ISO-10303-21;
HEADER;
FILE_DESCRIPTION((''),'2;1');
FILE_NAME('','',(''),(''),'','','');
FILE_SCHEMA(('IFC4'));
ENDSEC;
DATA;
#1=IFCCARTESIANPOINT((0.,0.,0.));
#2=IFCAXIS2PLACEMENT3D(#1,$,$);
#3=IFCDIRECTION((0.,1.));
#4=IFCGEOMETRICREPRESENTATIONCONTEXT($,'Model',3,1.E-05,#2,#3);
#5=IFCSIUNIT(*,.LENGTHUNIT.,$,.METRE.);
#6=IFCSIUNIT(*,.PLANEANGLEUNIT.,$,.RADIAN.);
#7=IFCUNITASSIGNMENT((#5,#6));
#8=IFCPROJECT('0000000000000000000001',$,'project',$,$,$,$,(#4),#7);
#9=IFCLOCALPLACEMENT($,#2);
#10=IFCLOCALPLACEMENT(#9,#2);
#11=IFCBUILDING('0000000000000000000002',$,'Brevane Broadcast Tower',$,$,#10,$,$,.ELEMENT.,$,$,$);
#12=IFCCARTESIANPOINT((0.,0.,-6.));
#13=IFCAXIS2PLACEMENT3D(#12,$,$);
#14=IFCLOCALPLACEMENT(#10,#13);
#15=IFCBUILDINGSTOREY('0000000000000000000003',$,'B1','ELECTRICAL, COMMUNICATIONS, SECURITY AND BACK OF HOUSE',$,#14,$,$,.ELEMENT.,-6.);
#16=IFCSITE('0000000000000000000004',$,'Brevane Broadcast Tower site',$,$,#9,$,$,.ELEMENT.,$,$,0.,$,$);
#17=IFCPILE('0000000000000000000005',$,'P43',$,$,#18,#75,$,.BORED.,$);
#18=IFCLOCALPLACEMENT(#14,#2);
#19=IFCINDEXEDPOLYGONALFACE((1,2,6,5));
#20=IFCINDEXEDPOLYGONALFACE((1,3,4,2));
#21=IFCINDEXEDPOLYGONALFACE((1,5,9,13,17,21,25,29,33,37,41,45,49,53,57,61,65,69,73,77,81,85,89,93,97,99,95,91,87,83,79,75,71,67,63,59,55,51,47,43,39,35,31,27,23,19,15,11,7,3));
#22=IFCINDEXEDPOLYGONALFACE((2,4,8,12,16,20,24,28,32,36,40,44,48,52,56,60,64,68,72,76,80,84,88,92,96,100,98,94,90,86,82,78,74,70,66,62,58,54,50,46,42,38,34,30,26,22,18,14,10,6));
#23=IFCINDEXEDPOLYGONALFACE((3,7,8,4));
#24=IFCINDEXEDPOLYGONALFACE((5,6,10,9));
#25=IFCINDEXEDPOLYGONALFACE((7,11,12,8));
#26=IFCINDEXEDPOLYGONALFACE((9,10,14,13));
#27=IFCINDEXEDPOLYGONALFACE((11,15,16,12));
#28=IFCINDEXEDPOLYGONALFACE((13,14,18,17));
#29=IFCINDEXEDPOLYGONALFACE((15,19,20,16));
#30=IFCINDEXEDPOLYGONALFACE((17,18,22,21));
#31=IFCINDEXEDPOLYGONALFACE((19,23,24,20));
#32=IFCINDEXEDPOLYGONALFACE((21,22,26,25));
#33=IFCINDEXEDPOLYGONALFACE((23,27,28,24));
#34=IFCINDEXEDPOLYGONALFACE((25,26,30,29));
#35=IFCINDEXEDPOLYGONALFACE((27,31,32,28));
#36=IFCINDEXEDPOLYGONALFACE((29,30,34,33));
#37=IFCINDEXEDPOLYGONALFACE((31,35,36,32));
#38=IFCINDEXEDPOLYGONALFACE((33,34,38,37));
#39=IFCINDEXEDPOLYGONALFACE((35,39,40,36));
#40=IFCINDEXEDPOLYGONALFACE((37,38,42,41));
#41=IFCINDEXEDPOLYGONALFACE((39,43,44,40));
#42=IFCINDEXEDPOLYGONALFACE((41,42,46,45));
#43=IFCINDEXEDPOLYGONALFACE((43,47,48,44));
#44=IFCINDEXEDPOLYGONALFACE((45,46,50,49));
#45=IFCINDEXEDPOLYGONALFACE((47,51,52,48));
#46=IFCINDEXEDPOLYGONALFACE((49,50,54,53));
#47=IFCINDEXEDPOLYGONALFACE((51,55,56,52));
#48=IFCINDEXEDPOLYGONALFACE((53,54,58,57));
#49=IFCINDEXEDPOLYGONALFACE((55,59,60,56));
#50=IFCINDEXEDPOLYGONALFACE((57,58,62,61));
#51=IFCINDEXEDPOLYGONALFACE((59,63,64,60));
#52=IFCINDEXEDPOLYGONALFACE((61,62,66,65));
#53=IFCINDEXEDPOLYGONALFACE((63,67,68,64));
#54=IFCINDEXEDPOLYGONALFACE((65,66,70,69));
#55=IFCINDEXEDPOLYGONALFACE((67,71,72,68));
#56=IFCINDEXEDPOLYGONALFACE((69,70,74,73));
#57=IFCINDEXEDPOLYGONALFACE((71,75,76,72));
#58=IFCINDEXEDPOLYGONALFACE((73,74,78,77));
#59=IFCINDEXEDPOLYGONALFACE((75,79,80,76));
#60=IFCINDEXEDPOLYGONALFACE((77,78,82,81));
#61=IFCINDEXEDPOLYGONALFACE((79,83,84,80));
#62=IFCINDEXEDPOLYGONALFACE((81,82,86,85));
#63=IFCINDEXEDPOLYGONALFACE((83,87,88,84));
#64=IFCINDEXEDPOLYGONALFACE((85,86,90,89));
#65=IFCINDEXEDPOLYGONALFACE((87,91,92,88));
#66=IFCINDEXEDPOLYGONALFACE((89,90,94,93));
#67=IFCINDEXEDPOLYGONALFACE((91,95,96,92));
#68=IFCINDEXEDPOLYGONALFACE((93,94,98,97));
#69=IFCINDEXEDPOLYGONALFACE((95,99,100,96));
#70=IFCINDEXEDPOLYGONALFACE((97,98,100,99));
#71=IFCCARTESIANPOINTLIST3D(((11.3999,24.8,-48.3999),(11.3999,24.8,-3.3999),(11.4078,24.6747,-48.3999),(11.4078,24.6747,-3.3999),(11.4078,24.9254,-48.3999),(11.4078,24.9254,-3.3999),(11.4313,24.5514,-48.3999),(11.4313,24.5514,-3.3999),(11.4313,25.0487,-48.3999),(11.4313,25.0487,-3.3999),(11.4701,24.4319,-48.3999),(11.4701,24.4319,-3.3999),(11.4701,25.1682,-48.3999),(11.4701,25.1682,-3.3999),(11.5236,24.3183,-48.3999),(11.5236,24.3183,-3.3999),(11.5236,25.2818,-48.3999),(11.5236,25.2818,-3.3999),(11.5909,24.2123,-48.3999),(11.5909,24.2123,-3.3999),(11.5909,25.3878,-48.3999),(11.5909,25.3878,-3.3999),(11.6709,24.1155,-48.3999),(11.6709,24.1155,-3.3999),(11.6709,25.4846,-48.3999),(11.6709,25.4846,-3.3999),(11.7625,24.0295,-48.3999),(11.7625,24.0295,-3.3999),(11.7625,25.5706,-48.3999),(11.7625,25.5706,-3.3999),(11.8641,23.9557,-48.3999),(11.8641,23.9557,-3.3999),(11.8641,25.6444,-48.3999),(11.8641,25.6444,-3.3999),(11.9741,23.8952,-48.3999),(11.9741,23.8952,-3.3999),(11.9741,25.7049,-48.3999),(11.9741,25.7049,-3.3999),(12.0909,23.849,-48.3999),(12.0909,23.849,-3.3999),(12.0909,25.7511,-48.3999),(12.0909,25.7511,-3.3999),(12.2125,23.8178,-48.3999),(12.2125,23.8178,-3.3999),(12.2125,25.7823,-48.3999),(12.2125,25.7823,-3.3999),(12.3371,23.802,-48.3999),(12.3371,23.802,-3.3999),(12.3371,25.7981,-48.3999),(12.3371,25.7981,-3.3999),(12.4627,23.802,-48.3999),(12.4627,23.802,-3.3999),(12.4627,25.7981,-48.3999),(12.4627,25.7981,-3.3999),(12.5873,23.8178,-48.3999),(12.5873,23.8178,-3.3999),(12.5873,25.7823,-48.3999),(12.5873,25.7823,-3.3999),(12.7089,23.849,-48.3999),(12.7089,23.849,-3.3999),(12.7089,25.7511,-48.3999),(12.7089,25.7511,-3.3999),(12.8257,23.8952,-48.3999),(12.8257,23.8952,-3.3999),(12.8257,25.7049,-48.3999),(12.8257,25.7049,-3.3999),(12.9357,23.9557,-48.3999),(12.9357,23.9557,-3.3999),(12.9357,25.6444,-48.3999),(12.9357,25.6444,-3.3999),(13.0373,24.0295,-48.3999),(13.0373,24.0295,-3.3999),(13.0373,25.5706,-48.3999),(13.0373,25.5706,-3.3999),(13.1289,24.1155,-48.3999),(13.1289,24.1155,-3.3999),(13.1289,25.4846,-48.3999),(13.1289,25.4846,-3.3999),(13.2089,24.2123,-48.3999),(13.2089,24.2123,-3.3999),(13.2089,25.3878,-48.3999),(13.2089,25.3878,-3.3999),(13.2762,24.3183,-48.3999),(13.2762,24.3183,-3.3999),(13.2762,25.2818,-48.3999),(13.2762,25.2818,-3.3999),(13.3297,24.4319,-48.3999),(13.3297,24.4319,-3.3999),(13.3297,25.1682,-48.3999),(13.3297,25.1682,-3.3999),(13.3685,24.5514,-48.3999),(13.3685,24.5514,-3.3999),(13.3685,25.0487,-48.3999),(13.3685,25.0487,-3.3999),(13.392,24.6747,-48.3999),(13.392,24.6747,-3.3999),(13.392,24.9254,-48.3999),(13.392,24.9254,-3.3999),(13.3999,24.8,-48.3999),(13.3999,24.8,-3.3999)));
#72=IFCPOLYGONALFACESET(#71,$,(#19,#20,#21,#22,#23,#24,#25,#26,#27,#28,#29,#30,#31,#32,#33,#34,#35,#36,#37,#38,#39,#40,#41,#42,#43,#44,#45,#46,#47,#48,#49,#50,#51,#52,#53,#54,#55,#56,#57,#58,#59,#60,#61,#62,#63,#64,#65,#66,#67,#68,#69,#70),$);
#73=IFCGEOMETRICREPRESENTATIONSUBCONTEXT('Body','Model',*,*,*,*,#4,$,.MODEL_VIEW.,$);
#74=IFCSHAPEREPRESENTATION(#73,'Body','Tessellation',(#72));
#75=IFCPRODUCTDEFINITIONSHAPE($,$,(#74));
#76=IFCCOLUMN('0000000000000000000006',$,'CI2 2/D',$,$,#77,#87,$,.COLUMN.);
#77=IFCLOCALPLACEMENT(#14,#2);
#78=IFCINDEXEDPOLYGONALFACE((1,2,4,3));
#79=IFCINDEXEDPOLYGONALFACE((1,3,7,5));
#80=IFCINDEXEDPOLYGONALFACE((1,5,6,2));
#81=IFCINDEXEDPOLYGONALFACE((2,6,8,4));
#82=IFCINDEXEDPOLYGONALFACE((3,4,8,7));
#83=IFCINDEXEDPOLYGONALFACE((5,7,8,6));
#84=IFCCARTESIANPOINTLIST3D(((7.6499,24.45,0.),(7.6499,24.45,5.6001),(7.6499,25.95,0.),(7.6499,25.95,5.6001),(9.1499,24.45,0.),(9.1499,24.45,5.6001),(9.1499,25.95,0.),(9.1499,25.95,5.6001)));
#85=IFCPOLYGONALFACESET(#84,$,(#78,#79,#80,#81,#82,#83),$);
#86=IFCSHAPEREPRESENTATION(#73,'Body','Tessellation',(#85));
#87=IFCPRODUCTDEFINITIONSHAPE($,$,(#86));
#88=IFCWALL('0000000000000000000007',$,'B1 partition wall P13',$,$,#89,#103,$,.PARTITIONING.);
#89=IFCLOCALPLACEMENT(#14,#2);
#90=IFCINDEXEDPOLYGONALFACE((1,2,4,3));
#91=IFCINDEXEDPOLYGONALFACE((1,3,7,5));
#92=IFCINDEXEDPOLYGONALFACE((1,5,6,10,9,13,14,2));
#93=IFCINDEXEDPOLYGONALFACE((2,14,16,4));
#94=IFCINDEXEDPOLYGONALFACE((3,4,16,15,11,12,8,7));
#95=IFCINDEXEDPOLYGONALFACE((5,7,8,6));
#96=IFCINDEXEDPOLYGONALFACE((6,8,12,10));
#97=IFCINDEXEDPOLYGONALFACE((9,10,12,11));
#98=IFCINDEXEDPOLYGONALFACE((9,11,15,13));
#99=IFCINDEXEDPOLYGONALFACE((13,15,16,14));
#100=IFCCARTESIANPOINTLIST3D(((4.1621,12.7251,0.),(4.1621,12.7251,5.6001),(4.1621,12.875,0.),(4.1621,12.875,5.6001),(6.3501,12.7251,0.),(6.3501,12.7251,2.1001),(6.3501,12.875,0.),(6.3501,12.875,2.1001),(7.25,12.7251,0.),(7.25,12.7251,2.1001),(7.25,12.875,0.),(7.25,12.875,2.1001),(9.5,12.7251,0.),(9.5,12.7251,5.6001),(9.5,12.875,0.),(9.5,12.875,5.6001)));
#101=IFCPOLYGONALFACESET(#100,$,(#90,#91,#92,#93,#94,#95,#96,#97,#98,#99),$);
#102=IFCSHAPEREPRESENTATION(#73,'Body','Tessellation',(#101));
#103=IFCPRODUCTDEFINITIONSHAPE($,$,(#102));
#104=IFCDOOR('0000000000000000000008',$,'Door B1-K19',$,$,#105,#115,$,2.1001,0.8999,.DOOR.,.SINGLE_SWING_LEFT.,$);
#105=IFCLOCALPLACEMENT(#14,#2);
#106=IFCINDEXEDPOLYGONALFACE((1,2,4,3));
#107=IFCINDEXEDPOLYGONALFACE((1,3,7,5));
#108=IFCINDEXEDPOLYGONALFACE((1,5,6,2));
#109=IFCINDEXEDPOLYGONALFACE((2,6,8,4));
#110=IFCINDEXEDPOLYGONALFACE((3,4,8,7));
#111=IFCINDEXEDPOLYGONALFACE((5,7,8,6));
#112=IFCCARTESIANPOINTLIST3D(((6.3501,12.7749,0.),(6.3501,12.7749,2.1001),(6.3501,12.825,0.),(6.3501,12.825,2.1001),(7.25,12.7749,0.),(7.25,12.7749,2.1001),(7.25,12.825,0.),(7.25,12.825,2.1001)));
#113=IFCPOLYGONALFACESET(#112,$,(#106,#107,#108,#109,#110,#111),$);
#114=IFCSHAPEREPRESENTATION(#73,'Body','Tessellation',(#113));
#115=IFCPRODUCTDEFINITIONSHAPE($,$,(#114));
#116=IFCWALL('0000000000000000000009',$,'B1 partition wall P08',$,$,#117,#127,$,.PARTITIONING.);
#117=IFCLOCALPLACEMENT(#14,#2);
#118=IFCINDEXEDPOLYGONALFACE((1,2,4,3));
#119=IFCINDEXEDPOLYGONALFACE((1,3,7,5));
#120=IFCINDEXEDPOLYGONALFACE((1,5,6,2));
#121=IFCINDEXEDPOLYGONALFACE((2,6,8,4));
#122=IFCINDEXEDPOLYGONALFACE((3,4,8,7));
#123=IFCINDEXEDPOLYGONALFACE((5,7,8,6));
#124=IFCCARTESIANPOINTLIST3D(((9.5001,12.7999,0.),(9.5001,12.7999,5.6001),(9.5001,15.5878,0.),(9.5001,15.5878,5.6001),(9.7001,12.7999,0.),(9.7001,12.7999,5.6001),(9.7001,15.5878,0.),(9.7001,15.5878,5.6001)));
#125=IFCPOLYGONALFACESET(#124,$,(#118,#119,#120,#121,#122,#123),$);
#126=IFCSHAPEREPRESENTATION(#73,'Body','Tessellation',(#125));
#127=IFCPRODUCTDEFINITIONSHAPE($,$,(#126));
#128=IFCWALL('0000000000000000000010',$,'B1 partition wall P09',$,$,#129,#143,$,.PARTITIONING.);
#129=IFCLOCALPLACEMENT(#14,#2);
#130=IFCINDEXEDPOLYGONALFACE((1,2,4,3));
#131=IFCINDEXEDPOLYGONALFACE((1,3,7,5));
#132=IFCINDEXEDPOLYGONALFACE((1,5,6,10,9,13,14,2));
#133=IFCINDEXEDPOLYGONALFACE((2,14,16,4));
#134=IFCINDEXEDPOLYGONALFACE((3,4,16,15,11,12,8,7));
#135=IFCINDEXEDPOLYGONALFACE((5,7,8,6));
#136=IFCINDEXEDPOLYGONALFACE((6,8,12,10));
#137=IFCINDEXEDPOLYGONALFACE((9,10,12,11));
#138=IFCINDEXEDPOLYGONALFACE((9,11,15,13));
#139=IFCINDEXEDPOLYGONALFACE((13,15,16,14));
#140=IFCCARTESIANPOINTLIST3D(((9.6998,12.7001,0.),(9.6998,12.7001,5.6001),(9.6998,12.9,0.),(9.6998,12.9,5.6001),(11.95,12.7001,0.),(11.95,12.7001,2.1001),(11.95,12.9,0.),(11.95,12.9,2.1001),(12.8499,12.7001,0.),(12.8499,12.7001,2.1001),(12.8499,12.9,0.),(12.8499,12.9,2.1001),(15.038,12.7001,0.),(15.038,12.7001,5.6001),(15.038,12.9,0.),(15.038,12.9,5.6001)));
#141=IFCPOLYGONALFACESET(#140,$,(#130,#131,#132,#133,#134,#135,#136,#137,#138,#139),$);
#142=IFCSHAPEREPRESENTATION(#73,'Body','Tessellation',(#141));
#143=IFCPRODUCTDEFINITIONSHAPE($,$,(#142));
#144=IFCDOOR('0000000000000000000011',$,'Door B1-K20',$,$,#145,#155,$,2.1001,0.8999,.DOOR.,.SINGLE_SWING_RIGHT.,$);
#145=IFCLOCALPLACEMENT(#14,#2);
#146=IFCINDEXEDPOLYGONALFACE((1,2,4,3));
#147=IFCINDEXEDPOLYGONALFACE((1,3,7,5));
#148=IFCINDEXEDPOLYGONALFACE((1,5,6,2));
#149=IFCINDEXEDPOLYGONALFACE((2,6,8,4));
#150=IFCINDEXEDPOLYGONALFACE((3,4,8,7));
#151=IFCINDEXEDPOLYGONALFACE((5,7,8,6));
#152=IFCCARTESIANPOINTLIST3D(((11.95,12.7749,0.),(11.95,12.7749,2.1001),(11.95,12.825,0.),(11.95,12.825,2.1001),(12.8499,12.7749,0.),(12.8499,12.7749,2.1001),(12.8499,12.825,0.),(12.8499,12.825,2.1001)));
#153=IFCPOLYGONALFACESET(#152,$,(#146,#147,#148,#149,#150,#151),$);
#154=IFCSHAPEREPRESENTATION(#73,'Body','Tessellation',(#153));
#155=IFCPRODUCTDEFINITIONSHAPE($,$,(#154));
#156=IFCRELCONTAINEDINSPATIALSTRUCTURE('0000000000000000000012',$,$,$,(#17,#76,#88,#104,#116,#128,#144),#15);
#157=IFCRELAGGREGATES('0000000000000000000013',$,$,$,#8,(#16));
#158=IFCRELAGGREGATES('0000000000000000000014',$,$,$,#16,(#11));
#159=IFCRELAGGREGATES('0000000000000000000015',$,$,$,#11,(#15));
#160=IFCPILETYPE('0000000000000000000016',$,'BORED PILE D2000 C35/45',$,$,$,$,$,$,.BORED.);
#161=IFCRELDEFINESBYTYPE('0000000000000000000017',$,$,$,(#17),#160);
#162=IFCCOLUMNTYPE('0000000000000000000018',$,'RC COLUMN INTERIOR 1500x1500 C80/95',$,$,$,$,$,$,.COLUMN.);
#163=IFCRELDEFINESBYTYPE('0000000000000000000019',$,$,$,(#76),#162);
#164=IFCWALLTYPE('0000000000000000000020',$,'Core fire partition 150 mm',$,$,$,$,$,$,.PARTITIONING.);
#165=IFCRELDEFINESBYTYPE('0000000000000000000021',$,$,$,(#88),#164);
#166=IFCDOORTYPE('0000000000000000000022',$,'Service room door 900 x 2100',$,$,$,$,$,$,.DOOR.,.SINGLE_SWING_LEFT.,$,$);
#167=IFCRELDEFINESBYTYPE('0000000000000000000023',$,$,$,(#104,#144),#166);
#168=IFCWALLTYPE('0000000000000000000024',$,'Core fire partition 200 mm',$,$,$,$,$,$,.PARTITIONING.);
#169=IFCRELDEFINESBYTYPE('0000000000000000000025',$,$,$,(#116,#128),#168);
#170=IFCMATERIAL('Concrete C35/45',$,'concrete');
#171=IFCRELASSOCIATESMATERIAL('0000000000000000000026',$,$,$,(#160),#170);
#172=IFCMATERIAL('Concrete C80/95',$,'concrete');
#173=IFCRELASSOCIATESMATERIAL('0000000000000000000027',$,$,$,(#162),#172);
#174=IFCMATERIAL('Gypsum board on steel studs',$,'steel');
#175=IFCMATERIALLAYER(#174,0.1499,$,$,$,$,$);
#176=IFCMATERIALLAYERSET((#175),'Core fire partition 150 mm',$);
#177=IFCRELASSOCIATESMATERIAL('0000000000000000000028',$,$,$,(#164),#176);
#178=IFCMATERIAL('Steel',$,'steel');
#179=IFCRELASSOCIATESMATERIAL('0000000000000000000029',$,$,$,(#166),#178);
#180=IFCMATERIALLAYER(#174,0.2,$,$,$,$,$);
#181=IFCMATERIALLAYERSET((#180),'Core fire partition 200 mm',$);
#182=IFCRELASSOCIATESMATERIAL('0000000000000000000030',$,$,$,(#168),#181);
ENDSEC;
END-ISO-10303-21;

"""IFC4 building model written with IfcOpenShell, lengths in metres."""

from ifc_helpers import new_model, si_unit, direction, frame, frame_2d, origin, origin_2d, place, context, subcontext, project, spatial, rectangle, circle, extrude, material, layer, layer_set, material_profile, profile_set, type_object, element, fill, save


model = new_model("IFC4")

# Units and contexts
model_context = context("Model", 3, precision=1e-05, world=origin(), true_north=direction((0.0, 1.0)))
body_context = subcontext(model_context, "Body", "Model", "MODEL_VIEW")
ifc_project = project(units=[si_unit("LENGTHUNIT", "METRE"), si_unit("PLANEANGLEUNIT", "RADIAN")], contexts=[model_context])

# Site, building, storey
site_placement = place(None, origin())
site = spatial("IfcSite", under=ifc_project, at=site_placement, Name="Brevane Broadcast Tower site", CompositionType="ELEMENT", RefElevation=0.0)
building_placement = place(site_placement, origin())
building = spatial("IfcBuilding", under=site, at=building_placement, Name="Brevane Broadcast Tower", CompositionType="ELEMENT")
storey_placement = place(building_placement, frame((0.0, 0.0, -6.0)))
storey = spatial("IfcBuildingStorey", under=building, at=storey_placement, Name="B1", Description="ELECTRICAL, COMMUNICATIONS, SECURITY AND BACK OF HOUSE", CompositionType="ELEMENT", Elevation=-6.0)

# Pile
ifc_material_1 = material(Name="Concrete C35/45", Category="concrete")
ifc_material_profile_1 = material_profile(ifc_material_1, circle(Radius=1.0, at=origin_2d()), Name="RC D2000")
ifc_profile_set_1 = profile_set([ifc_material_profile_1], Name="Concrete C35/45")
pile_type = type_object("IfcPileType", Name="BORED PILE D2000 C35/45", PredefinedType="BORED", material=ifc_profile_set_1)
for number, where, z_axis, x_axis, name in (
    (1, (12.3999, 24.8, -3.3999), (0.0, 0.0, -1.0), (1.0, 0.0, 0.0), "P43"),
):
    element("IfcPile", number, at=place(storey_placement, frame(where, z_axis=z_axis, x_axis=x_axis)), inside=storey, type_object=pile_type, Name=name, PredefinedType="BORED", context=body_context, shape_type="SweptSolid", body=[
        extrude(circle(Radius=1.0, at=origin_2d()), origin(), (0.0, 0.0, 1.0), 45.0),
    ])

# Column
ifc_material_2 = material(Name="Concrete C80/95", Category="concrete")
ifc_material_profile_2 = material_profile(ifc_material_2, rectangle(XDim=1.5, YDim=1.5, at=origin_2d()), Name="RC 1500x1500")
ifc_profile_set_2 = profile_set([ifc_material_profile_2], Name="Concrete C80/95")
column_type = type_object("IfcColumnType", Name="RC COLUMN INTERIOR 1500x1500 C80/95", PredefinedType="COLUMN", material=ifc_profile_set_2)
column_placement = place(storey_placement, frame((8.3999, 25.2, 0.0), z_axis=(0.0, 0.0, 1.0), x_axis=(1.0, 0.0, 0.0)))
element("IfcColumn", 2, at=column_placement, inside=storey, type_object=column_type, Name="CI2 2/D", PredefinedType="COLUMN", context=body_context, shape_type="SweptSolid", body=[
    extrude(rectangle(XDim=1.5, YDim=1.5, at=origin_2d()), origin(), (0.0, 0.0, 1.0), 5.6001),
])

# Wall, opening, door
ifc_material_3 = material(Name="Gypsum board on steel studs", Category="steel")
ifc_layer_1 = layer(ifc_material_3, 0.1499)
ifc_layer_set_1 = layer_set([ifc_layer_1], Name="Core fire partition 150 mm")
wall_type_1 = type_object("IfcWallType", Name="Core fire partition 150 mm", PredefinedType="PARTITIONING", material=ifc_layer_set_1)
wall_1_placement = place(storey_placement, frame((4.1621, 12.8, 0.0), z_axis=(0.0, 0.0, 1.0), x_axis=(1.0, 0.0, 0.0)))
wall_1 = element("IfcWall", 3, at=wall_1_placement, inside=storey, type_object=wall_type_1, Name="B1 partition wall P13", PredefinedType="PARTITIONING", context=body_context, shape_type="SweptSolid", body=[
    extrude(rectangle(XDim=5.3379, YDim=0.1499, at=frame_2d((2.6689, 0.0))), origin(), (0.0, 0.0, 1.0), 5.6001),
])
opening_1_placement = place(wall_1_placement, frame((2.188, 0.0, 0.0)))
opening_1 = element("IfcOpeningElement", 4, at=opening_1_placement, cuts=wall_1, PredefinedType="OPENING", context=body_context, shape_type="SweptSolid", body=[
    extrude(rectangle(XDim=0.8999, YDim=2.1001, at=frame_2d((0.45, 1.05))), frame((0.0, 0.085, 0.0), z_axis=(0.0, -1.0, 0.0), x_axis=(1.0, 0.0, 0.0)), (0.0, 0.0, 1.0), 0.1699),
])
ifc_material_4 = material(Name="Steel", Category="steel")
door_type_1 = type_object("IfcDoorType", Name="Service room door 900 x 2100", OperationType="SINGLE_SWING_LEFT", PredefinedType="DOOR", material=ifc_material_4)
door_1_placement = place(opening_1_placement, origin())
door_1 = element("IfcDoor", 5, at=door_1_placement, inside=storey, type_object=door_type_1, Name="Door B1-K19", OperationType="SINGLE_SWING_LEFT", OverallHeight=2.1001, OverallWidth=0.8999, PredefinedType="DOOR", context=body_context, shape_type="SweptSolid", body=[
    extrude(rectangle(XDim=0.8999, YDim=2.1001, at=frame_2d((0.45, 1.05))), frame((0.0, 0.0249, 0.0), z_axis=(0.0, -1.0, 0.0), x_axis=(1.0, 0.0, 0.0)), (0.0, 0.0, 1.0), 0.05),
])
fill(opening_1, door_1)

# Wall
ifc_layer_2 = layer(ifc_material_3, 0.2)
ifc_layer_set_2 = layer_set([ifc_layer_2], Name="Core fire partition 200 mm")
wall_type_2 = type_object("IfcWallType", Name="Core fire partition 200 mm", PredefinedType="PARTITIONING", material=ifc_layer_set_2)
wall_2_placement = place(storey_placement, frame((9.6001, 15.5879, 0.0), z_axis=(0.0, 0.0, 1.0), x_axis=(0.0, -1.0, 0.0)))
element("IfcWall", 6, at=wall_2_placement, inside=storey, type_object=wall_type_2, Name="B1 partition wall P08", PredefinedType="PARTITIONING", context=body_context, shape_type="SweptSolid", body=[
    extrude(rectangle(XDim=2.7878, YDim=0.2, at=frame_2d((1.394, 0.0))), origin(), (0.0, 0.0, 1.0), 5.6001),
])

# Wall, opening, door
wall_3_placement = place(storey_placement, frame((9.7, 12.8, 0.0), z_axis=(0.0, 0.0, 1.0), x_axis=(1.0, 0.0, 0.0)))
wall_3 = element("IfcWall", 7, at=wall_3_placement, inside=storey, type_object=wall_type_2, Name="B1 partition wall P09", PredefinedType="PARTITIONING", context=body_context, shape_type="SweptSolid", body=[
    extrude(rectangle(XDim=5.3381, YDim=0.2, at=frame_2d((2.6689, 0.0))), origin(), (0.0, 0.0, 1.0), 5.6001),
])
opening_2_placement = place(wall_3_placement, frame((2.25, 0.0, 0.0)))
opening_2 = element("IfcOpeningElement", 8, at=opening_2_placement, cuts=wall_3, PredefinedType="OPENING", context=body_context, shape_type="SweptSolid", body=[
    extrude(rectangle(XDim=0.8999, YDim=2.1001, at=frame_2d((0.45, 1.05))), frame((0.0, 0.1099, 0.0), z_axis=(0.0, -1.0, 0.0), x_axis=(1.0, 0.0, 0.0)), (0.0, 0.0, 1.0), 0.22),
])
door_2_placement = place(opening_2_placement, origin())
door_2 = element("IfcDoor", 9, at=door_2_placement, inside=storey, type_object=door_type_1, Name="Door B1-K20", OperationType="SINGLE_SWING_RIGHT", OverallHeight=2.1001, OverallWidth=0.8999, PredefinedType="DOOR", context=body_context, shape_type="SweptSolid", body=[
    extrude(rectangle(XDim=0.8999, YDim=2.1001, at=frame_2d((0.45, 1.05))), frame((0.0, 0.0249, 0.0), z_axis=(0.0, -1.0, 0.0), x_axis=(1.0, 0.0, 0.0)), (0.0, 0.0, 1.0), 0.05),
])
fill(opening_2, door_2)

save(model, "model.ifc")
